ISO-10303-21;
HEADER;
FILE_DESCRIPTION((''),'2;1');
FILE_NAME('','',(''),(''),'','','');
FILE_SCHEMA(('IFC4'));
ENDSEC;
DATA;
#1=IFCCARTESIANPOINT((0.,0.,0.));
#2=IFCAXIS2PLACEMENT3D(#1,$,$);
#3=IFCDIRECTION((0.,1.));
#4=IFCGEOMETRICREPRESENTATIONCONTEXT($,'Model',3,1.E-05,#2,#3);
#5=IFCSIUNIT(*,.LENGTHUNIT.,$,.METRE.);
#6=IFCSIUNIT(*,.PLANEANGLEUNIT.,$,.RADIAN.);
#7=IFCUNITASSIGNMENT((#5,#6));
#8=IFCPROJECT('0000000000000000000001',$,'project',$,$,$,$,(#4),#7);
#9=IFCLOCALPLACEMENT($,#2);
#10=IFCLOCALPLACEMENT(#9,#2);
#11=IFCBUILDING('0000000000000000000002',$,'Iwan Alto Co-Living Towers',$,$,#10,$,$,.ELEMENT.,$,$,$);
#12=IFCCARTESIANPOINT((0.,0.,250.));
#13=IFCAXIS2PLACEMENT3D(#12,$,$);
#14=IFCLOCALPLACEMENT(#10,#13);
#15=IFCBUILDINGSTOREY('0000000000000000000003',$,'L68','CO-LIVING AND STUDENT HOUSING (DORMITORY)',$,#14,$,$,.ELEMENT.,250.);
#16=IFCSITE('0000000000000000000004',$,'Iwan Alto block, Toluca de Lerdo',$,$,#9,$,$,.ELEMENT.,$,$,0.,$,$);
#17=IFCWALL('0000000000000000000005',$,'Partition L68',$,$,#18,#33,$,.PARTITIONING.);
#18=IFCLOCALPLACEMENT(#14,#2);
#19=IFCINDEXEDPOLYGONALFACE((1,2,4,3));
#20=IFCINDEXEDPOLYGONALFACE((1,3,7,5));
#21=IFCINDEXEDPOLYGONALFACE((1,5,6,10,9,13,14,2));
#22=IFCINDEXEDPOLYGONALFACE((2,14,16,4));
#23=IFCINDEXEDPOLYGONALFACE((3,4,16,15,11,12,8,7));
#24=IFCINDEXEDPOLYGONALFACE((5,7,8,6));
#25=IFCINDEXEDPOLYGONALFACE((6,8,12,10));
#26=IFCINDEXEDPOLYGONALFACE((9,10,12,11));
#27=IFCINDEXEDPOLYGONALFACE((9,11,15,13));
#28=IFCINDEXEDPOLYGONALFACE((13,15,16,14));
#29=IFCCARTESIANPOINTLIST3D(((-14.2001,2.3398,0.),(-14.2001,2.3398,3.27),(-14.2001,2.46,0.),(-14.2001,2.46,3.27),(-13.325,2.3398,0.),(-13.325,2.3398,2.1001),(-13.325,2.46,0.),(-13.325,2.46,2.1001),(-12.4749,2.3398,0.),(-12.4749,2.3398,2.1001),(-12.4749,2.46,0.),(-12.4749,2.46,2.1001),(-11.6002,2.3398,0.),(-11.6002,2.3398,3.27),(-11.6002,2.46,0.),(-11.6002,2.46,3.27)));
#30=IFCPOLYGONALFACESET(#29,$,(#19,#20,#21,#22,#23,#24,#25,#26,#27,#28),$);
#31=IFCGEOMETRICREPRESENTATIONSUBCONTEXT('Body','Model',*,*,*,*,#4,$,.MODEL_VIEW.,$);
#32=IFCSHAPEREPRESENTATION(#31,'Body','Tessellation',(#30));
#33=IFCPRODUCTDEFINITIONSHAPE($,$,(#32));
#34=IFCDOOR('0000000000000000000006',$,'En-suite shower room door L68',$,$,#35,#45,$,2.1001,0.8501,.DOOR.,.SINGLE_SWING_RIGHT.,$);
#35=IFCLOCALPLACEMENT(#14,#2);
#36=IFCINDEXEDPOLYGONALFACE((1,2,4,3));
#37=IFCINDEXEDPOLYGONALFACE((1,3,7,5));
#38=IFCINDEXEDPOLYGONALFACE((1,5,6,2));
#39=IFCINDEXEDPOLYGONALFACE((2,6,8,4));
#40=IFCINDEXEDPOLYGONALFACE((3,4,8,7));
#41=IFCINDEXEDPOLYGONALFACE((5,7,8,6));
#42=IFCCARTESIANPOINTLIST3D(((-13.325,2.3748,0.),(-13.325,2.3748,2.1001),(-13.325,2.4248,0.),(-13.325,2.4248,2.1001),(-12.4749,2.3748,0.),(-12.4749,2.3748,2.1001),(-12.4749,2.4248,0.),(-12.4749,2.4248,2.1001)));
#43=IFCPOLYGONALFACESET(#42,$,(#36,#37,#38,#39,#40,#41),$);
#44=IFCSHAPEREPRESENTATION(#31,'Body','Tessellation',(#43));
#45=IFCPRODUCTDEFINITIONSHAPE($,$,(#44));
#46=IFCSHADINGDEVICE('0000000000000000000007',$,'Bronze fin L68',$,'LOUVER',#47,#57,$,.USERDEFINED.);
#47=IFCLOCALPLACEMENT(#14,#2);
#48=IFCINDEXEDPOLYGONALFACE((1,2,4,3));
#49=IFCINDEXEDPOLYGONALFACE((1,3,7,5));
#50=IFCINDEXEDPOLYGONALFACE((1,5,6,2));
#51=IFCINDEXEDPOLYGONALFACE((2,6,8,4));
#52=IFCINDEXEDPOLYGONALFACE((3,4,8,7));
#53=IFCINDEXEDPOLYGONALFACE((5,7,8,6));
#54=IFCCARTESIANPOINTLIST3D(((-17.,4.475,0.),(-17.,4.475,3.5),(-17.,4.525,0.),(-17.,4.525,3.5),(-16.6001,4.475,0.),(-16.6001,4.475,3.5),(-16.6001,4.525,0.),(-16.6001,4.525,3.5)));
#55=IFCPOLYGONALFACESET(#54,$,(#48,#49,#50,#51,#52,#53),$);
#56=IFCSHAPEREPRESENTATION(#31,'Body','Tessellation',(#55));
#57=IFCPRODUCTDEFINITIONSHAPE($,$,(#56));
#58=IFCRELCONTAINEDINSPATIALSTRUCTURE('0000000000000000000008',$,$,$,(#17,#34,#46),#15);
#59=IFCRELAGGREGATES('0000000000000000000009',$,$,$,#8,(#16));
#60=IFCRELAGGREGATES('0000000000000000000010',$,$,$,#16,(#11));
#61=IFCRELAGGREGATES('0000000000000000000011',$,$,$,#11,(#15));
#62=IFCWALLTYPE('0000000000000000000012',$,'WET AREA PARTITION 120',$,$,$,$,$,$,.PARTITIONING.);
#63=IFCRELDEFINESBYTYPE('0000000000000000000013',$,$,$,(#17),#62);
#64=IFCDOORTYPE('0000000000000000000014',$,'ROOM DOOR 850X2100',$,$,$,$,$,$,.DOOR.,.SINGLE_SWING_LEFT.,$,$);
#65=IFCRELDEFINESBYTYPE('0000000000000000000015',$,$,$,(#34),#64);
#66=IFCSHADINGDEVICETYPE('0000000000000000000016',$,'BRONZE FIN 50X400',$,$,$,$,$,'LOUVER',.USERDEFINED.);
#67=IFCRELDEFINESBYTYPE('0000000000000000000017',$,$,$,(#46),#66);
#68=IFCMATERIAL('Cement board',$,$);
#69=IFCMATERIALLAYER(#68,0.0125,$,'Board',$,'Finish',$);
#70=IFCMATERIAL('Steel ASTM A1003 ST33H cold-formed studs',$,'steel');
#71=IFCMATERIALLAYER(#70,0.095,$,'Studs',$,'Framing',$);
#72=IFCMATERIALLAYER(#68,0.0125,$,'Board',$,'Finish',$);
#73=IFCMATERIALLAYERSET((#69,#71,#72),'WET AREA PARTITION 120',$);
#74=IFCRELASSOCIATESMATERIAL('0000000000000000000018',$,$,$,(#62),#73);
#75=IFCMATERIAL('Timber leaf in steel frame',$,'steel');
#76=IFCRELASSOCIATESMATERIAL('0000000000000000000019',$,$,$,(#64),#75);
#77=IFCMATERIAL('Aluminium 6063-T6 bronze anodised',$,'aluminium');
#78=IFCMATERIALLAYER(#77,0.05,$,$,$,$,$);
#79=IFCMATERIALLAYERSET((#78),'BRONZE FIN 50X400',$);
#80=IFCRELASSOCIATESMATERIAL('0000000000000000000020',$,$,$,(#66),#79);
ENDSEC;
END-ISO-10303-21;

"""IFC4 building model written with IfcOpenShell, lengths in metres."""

from ifc_helpers import new_model, si_unit, direction, frame, frame_2d, origin, origin_2d, place, context, subcontext, project, spatial, rectangle, extrude, material, layer, layer_set, type_object, element, fill, save


model = new_model("IFC4")

# Units and contexts
model_context = context("Model", 3, precision=1e-05, world=origin(), true_north=direction((0.0, 1.0)))
body_context = subcontext(model_context, "Body", "Model", "MODEL_VIEW")
ifc_project = project(units=[si_unit("LENGTHUNIT", "METRE"), si_unit("PLANEANGLEUNIT", "RADIAN")], contexts=[model_context])

# Site, building, storey
site_placement = place(None, origin())
site = spatial("IfcSite", under=ifc_project, at=site_placement, Name="Iwan Alto block, Toluca de Lerdo", CompositionType="ELEMENT", RefElevation=0.0)
building_placement = place(site_placement, origin())
building = spatial("IfcBuilding", under=site, at=building_placement, Name="Iwan Alto Co-Living Towers", CompositionType="ELEMENT")
storey_placement = place(building_placement, frame((0.0, 0.0, 250.0)))
storey = spatial("IfcBuildingStorey", under=building, at=storey_placement, Name="L68", Description="CO-LIVING AND STUDENT HOUSING (DORMITORY)", CompositionType="ELEMENT", Elevation=250.0)

# Shared definitions
ifc_material_1 = material(Name="Steel ASTM A1003 ST33H cold-formed studs", Category="steel")

# Wall, opening, door
ifc_material_2 = material(Name="Cement board")
ifc_layer_1 = layer(ifc_material_2, 0.0125, Name="Board", Category="Finish")
ifc_layer_2 = layer(ifc_material_1, 0.095, Name="Studs", Category="Framing")
ifc_layer_3 = layer(ifc_material_2, 0.0125, Name="Board", Category="Finish")
ifc_layer_set_1 = layer_set([ifc_layer_1, ifc_layer_2, ifc_layer_3], Name="WET AREA PARTITION 120")
wall_type_1 = type_object("IfcWallType", Name="WET AREA PARTITION 120", PredefinedType="PARTITIONING", material=ifc_layer_set_1)
wall_1_placement = place(storey_placement, frame((-14.2, 2.3999, 0.0), z_axis=(0.0, 0.0, 1.0), x_axis=(1.0, 0.0, 0.0)))
wall_1 = element("IfcWall", 1, at=wall_1_placement, inside=storey, type_object=wall_type_1, Name="Partition L68", PredefinedType="PARTITIONING", context=body_context, shape_type="SweptSolid", body=[
    extrude(rectangle(XDim=2.5999, YDim=0.1201, at=frame_2d((1.2998, 0.0))), origin(), (0.0, 0.0, 1.0), 3.27),
])
opening_placement = place(wall_1_placement, frame((0.875, 0.0, 0.0)))
opening = element("IfcOpeningElement", 2, at=opening_placement, cuts=wall_1, PredefinedType="OPENING", context=body_context, shape_type="SweptSolid", body=[
    extrude(rectangle(XDim=0.8501, YDim=2.1001, at=frame_2d((0.425, 1.05))), frame((0.0, 0.0701, 0.0), z_axis=(0.0, -1.0, 0.0), x_axis=(1.0, 0.0, 0.0)), (0.0, 0.0, 1.0), 0.1401),
])
ifc_material_3 = material(Name="Timber leaf in steel frame", Category="steel")
door_type = type_object("IfcDoorType", Name="ROOM DOOR 850X2100", OperationType="SINGLE_SWING_LEFT", PredefinedType="DOOR", material=ifc_material_3)
door_placement = place(opening_placement, origin())
door = element("IfcDoor", 3, at=door_placement, inside=storey, type_object=door_type, Name="En-suite shower room door L68", OperationType="SINGLE_SWING_RIGHT", OverallHeight=2.1001, OverallWidth=0.8501, PredefinedType="DOOR", context=body_context, shape_type="SweptSolid", body=[
    extrude(rectangle(XDim=0.8501, YDim=2.1001, at=frame_2d((0.425, 1.05))), frame((0.0, 0.0249, 0.0), z_axis=(0.0, -1.0, 0.0), x_axis=(1.0, 0.0, 0.0)), (0.0, 0.0, 1.0), 0.05),
])
fill(opening, door)

# Shading device
ifc_material_4 = material(Name="Aluminium 6063-T6 bronze anodised", Category="aluminium")
ifc_layer_4 = layer(ifc_material_4, 0.05)
ifc_layer_set_2 = layer_set([ifc_layer_4], Name="BRONZE FIN 50X400")
shading_device_type = type_object("IfcShadingDeviceType", Name="BRONZE FIN 50X400", ElementType="LOUVER", PredefinedType="USERDEFINED", material=ifc_layer_set_2)
shading_device_placement = place(storey_placement, frame((-16.8, 4.5, 0.0), z_axis=(0.0, 0.0, 1.0), x_axis=(0.0, -1.0, 0.0)))
element("IfcShadingDevice", 4, at=shading_device_placement, inside=storey, type_object=shading_device_type, Name="Bronze fin L68", ObjectType="LOUVER", PredefinedType="USERDEFINED", context=body_context, shape_type="SweptSolid", body=[
    extrude(rectangle(XDim=0.05, YDim=0.3999, at=origin_2d()), origin(), (0.0, 0.0, 1.0), 3.5),
])

save(model, "model.ifc")
